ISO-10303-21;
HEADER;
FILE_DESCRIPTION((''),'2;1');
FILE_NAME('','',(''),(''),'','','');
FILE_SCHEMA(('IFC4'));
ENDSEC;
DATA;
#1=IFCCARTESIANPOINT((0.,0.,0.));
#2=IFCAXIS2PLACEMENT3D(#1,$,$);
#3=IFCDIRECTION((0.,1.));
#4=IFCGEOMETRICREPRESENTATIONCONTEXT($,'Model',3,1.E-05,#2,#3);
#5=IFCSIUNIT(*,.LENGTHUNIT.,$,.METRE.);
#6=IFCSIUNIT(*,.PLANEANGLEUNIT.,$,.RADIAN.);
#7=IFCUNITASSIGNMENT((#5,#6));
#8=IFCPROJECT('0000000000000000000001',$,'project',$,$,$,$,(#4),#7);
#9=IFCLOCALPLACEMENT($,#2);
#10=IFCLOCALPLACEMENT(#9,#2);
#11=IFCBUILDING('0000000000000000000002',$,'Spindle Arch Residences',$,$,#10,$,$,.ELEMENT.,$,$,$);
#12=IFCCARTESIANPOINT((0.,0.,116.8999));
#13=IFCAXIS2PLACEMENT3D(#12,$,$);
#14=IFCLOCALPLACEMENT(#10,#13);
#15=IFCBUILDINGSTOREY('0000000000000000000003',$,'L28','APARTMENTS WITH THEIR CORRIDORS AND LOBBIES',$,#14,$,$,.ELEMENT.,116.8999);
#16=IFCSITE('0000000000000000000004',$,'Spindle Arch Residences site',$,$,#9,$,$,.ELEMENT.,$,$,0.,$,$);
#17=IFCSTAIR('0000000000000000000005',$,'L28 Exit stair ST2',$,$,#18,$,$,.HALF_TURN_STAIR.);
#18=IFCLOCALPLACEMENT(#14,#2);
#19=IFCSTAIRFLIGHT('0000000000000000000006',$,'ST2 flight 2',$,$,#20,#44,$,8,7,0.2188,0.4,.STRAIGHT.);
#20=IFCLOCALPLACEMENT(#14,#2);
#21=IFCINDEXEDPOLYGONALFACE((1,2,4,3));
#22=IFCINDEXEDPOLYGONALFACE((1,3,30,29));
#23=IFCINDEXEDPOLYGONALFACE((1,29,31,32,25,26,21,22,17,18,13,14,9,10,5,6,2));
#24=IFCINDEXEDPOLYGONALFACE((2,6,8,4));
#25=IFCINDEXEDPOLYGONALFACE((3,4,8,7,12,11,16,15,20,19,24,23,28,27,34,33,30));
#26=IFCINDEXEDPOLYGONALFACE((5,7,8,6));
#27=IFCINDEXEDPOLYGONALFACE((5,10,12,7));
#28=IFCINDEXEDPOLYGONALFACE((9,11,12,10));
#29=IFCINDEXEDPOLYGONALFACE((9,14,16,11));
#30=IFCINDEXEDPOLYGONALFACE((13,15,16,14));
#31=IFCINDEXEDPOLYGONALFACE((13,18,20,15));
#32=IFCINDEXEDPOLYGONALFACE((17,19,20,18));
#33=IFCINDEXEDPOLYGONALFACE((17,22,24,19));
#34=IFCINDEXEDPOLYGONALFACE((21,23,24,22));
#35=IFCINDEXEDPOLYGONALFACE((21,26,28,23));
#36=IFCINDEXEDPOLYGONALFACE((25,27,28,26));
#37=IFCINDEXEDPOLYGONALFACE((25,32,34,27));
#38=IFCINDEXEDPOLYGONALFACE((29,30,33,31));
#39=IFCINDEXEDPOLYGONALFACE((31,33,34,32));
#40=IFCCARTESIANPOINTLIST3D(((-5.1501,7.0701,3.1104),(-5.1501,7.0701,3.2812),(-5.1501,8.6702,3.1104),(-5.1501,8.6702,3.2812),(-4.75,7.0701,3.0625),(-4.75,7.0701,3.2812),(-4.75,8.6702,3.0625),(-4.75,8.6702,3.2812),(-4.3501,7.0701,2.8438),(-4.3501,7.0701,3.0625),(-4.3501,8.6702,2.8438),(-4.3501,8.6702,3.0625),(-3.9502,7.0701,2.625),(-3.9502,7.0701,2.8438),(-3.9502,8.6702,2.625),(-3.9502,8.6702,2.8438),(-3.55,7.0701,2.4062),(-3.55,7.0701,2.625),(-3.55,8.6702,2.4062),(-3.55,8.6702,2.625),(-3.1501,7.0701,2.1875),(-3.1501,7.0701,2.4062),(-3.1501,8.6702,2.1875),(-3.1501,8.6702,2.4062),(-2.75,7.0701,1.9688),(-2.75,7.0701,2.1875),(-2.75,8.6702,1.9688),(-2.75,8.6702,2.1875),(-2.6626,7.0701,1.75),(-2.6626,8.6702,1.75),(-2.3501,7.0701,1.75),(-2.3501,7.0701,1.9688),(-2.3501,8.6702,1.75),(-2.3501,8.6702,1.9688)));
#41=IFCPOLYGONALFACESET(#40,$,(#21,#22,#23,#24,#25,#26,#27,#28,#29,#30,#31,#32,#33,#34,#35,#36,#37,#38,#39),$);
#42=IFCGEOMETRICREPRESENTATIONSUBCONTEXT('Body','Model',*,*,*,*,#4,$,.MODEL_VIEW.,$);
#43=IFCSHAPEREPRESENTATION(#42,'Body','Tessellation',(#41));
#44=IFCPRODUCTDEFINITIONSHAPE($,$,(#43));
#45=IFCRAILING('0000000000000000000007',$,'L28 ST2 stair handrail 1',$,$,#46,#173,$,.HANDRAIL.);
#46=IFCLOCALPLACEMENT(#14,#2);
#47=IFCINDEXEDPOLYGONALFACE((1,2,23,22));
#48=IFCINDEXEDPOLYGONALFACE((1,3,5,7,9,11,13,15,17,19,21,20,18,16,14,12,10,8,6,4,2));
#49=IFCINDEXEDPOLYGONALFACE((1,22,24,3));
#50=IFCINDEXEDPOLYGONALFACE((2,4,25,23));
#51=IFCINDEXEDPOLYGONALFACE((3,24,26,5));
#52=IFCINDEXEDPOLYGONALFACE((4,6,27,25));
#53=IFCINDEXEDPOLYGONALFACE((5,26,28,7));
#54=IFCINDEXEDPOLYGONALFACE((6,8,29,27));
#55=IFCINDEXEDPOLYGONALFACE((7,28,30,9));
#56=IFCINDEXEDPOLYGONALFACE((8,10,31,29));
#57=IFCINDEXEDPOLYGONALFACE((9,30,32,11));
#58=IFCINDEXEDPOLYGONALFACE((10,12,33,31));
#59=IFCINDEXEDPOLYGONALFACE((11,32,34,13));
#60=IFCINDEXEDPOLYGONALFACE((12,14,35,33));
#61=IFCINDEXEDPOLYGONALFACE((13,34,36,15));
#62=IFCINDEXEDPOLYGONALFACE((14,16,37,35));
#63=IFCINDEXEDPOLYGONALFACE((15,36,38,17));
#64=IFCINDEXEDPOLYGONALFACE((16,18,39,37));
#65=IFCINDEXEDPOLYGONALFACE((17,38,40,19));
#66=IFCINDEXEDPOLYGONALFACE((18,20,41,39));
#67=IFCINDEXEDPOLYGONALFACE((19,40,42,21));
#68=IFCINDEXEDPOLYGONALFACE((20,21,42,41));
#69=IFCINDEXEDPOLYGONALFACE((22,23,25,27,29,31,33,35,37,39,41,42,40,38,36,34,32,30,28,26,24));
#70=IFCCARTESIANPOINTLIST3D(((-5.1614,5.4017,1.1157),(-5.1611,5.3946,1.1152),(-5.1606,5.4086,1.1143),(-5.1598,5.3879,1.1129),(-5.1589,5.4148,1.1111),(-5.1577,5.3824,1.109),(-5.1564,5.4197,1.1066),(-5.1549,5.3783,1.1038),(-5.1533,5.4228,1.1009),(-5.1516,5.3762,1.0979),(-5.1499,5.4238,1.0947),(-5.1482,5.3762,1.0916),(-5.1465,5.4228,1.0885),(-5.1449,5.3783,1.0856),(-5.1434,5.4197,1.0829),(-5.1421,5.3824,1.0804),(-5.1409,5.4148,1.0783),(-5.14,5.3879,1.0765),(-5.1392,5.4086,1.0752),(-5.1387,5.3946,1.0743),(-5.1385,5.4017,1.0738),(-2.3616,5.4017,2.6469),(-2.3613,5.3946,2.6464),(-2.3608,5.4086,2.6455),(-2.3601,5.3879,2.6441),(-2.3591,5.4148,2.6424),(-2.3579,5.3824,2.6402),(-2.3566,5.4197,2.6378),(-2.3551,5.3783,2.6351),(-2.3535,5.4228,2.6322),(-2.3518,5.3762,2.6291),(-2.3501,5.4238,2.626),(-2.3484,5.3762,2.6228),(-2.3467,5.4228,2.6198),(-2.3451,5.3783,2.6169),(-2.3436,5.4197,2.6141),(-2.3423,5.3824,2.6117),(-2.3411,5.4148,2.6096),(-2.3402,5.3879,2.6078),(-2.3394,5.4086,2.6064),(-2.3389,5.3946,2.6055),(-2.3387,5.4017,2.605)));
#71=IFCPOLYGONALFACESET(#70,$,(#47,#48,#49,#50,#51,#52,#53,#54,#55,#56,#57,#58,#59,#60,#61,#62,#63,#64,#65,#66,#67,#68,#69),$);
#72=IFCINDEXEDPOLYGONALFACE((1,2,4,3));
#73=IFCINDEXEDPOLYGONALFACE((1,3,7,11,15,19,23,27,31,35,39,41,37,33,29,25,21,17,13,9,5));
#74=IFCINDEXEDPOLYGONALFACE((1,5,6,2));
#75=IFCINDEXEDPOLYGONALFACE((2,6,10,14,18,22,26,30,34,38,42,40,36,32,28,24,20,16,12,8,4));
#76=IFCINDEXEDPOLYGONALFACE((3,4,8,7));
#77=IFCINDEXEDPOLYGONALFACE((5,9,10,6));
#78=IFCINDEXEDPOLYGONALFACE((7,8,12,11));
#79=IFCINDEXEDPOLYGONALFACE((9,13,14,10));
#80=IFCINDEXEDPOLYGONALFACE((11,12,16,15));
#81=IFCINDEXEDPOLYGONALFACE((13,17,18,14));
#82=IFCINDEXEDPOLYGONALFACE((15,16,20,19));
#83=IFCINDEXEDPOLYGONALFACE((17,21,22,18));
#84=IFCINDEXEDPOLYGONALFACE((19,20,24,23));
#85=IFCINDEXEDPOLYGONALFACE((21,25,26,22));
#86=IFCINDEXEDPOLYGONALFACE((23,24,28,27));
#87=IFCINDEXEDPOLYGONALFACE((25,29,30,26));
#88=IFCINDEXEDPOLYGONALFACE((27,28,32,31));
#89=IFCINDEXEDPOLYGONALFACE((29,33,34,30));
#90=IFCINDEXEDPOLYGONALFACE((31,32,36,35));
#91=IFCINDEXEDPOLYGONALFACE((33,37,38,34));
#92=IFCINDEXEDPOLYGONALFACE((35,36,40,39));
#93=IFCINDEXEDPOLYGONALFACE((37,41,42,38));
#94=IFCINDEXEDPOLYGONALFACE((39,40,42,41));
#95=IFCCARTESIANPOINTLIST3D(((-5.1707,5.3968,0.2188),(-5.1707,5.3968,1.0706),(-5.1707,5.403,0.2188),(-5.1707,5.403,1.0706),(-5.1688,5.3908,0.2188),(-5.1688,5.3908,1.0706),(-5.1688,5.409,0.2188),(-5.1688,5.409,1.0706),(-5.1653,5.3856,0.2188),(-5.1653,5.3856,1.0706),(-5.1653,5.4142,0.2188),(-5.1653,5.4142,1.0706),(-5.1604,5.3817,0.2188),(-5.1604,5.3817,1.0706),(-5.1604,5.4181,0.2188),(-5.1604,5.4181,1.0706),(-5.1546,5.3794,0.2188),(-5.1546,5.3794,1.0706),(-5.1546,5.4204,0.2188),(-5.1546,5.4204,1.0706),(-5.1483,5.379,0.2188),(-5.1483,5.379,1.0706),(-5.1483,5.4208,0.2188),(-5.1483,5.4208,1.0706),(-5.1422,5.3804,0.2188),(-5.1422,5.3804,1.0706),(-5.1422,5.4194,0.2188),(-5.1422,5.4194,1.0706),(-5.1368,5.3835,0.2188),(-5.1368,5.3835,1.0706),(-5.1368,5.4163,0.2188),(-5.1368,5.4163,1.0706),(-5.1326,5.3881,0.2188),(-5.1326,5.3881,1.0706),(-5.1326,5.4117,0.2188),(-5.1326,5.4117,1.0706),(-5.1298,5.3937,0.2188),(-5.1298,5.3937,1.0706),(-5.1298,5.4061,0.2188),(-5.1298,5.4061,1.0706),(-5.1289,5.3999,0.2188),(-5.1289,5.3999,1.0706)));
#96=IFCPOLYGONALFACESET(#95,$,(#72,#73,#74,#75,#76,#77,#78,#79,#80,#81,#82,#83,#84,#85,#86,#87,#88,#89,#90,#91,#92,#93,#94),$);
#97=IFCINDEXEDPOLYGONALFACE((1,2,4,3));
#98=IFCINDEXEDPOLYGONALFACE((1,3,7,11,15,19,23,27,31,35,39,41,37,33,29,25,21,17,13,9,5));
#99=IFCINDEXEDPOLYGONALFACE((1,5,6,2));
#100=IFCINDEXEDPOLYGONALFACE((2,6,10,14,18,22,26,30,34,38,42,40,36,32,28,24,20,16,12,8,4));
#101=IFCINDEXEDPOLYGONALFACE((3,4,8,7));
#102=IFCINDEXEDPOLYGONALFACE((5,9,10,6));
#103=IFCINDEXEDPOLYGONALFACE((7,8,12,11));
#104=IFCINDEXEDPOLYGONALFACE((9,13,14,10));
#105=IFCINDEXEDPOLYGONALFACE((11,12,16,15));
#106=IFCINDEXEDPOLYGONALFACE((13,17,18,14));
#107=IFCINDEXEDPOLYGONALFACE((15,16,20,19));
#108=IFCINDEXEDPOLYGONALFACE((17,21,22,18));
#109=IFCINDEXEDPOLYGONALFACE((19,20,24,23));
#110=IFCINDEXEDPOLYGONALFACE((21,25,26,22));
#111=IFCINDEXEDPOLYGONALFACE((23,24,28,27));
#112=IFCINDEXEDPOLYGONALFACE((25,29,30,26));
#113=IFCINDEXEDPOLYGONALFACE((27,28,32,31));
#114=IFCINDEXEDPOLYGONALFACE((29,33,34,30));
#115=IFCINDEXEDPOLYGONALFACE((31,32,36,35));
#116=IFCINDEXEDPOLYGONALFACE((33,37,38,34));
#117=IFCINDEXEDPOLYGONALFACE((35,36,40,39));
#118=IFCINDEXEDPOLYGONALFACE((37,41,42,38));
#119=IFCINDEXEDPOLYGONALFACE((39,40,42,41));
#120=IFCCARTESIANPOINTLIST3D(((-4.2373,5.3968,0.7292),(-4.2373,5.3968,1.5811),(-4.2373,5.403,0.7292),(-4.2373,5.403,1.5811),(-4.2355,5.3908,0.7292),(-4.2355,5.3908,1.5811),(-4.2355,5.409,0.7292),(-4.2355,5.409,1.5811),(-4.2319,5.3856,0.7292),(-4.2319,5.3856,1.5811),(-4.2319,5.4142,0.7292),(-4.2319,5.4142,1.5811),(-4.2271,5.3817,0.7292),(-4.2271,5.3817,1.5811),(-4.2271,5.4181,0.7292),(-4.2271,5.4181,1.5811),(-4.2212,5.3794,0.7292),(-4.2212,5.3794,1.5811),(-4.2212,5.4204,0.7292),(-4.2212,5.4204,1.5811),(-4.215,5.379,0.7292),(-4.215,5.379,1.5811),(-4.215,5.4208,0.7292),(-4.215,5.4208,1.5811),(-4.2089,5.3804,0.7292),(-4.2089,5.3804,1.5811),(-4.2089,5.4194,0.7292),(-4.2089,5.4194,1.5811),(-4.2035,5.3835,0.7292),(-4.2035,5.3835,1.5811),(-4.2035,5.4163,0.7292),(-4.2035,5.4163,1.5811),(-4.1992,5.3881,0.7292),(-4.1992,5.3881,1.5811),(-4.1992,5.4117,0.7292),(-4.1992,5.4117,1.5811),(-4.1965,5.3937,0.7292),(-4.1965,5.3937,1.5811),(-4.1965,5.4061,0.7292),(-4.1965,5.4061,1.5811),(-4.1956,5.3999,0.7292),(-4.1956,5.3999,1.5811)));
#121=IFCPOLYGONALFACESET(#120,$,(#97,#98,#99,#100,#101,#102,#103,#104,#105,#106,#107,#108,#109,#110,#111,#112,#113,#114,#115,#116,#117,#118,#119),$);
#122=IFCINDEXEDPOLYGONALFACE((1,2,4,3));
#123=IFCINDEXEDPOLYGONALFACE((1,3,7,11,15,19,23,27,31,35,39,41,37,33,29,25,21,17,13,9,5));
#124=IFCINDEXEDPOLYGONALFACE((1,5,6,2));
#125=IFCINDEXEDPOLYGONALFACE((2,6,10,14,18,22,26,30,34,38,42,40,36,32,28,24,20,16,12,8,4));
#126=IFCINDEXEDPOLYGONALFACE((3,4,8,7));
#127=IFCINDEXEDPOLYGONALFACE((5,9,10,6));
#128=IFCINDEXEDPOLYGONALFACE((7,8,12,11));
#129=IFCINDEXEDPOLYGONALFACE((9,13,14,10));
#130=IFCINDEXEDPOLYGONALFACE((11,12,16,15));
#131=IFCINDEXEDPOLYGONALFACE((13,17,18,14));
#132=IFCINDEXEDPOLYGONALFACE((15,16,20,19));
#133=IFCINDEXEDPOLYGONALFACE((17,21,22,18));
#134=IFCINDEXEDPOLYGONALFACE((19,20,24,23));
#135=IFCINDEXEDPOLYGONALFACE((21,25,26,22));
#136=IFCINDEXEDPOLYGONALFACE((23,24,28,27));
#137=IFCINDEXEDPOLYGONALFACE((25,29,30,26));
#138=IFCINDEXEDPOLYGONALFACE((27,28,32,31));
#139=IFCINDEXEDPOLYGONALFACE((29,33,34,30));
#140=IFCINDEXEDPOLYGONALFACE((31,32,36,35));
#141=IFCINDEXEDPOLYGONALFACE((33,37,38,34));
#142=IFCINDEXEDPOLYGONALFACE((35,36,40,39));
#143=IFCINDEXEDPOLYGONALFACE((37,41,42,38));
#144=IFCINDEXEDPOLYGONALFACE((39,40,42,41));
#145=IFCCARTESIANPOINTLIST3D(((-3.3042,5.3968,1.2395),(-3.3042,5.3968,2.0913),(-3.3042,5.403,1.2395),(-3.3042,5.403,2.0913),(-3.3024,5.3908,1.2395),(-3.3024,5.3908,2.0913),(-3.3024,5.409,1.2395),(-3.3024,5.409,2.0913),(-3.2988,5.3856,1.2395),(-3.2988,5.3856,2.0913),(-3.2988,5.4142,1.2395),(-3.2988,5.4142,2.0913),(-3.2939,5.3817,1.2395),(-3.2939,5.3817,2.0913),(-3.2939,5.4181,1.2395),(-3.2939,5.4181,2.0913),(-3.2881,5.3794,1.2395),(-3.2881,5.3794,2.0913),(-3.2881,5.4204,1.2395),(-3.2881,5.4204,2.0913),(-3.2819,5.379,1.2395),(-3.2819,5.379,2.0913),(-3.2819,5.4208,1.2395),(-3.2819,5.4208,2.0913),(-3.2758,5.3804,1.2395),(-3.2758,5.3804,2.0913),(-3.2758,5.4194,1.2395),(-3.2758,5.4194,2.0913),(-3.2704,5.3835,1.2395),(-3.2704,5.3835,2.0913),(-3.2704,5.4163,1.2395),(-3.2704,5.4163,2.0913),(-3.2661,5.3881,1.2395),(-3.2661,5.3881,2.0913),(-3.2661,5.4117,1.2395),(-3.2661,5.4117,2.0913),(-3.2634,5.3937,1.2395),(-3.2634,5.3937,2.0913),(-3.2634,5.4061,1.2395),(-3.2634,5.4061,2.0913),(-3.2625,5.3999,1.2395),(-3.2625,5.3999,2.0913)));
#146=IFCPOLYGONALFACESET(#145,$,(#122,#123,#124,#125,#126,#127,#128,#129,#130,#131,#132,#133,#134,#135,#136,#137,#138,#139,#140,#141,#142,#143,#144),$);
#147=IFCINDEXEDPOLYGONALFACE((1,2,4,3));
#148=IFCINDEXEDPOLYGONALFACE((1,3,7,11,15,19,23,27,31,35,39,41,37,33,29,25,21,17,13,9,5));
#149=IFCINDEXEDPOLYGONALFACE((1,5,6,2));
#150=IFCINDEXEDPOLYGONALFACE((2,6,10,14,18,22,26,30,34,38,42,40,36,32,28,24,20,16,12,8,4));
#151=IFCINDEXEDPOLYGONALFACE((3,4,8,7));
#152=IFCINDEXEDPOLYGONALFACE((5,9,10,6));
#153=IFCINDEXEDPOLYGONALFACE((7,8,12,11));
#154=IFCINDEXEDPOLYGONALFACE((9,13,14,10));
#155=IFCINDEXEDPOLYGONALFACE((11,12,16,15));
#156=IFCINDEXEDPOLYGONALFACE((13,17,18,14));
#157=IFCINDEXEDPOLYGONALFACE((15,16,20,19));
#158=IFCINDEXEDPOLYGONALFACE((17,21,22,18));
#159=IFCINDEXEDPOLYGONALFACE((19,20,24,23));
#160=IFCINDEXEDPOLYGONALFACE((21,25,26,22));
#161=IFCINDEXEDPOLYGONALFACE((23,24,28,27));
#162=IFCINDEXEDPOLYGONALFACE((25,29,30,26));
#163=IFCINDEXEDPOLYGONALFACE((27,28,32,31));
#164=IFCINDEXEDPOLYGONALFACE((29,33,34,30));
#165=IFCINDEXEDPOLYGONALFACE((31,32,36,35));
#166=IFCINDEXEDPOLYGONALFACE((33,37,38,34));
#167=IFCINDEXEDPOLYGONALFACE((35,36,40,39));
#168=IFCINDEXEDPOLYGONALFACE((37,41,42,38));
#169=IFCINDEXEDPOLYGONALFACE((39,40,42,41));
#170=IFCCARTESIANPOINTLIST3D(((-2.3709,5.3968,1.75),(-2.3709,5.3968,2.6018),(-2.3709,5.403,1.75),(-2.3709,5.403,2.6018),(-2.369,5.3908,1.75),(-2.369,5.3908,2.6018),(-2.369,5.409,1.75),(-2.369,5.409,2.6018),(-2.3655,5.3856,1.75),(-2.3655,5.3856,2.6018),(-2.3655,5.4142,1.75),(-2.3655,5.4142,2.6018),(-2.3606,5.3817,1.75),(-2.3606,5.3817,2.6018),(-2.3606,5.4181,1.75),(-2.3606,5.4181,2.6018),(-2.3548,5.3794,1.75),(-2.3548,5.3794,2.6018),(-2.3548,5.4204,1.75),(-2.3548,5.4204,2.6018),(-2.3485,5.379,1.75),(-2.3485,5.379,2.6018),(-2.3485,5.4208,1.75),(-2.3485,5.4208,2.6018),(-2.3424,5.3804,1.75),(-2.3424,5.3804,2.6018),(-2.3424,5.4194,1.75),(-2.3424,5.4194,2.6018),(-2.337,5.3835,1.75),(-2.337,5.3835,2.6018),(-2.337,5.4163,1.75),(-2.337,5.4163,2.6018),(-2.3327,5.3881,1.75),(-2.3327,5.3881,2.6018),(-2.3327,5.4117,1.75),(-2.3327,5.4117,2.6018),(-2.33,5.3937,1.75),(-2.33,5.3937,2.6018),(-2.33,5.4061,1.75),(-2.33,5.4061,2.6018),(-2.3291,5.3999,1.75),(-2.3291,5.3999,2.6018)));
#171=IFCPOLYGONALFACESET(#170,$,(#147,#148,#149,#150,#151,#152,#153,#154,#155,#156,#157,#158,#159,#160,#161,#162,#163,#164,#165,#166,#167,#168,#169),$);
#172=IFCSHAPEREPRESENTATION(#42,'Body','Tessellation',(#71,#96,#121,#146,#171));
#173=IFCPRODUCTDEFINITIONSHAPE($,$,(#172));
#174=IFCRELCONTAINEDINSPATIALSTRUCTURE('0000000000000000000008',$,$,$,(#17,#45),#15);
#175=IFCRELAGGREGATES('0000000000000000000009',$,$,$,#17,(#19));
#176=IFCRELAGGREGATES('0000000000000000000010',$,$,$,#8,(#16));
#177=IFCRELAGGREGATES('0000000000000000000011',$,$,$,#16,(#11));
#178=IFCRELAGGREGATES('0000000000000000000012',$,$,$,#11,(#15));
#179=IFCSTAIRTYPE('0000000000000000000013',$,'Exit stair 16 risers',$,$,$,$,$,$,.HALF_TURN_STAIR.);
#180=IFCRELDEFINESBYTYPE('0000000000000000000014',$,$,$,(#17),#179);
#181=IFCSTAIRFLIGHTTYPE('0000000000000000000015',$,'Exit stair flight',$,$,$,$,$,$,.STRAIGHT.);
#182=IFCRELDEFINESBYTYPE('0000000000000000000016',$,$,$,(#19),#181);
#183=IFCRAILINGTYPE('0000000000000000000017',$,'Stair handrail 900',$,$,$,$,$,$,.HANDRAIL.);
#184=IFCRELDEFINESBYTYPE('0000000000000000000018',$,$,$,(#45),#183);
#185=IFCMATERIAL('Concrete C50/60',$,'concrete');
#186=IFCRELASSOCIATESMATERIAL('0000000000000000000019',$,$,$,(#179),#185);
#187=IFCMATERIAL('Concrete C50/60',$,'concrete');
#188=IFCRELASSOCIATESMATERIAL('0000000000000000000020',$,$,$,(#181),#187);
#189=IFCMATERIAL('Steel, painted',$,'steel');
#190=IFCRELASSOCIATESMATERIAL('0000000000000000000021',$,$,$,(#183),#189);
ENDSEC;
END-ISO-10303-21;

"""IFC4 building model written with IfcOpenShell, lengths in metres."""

from ifc_helpers import new_model, si_unit, direction, frame, origin, origin_2d, place, context, subcontext, project, spatial, polyline, circle, outline, extrude, material, type_object, element, aggregate, save


model = new_model("IFC4")

# Units and contexts
model_context = context("Model", 3, precision=1e-05, world=origin(), true_north=direction((0.0, 1.0)))
body_context = subcontext(model_context, "Body", "Model", "MODEL_VIEW")
ifc_project = project(units=[si_unit("LENGTHUNIT", "METRE"), si_unit("PLANEANGLEUNIT", "RADIAN")], contexts=[model_context])

# Site, building, storey
site_placement = place(None, origin())
site = spatial("IfcSite", under=ifc_project, at=site_placement, Name="Spindle Arch Residences site", CompositionType="ELEMENT", RefElevation=0.0)
building_placement = place(site_placement, origin())
building = spatial("IfcBuilding", under=site, at=building_placement, Name="Spindle Arch Residences", CompositionType="ELEMENT")
storey_placement = place(building_placement, frame((0.0, 0.0, 116.8999)))
storey = spatial("IfcBuildingStorey", under=building, at=storey_placement, Name="L28", Description="APARTMENTS WITH THEIR CORRIDORS AND LOBBIES", CompositionType="ELEMENT", Elevation=116.8999)

# Stair, stair flight
ifc_material_1 = material(Name="Concrete C50/60", Category="concrete")
stair_type = type_object("IfcStairType", Name="Exit stair 16 risers", PredefinedType="HALF_TURN_STAIR", material=ifc_material_1)
stair_placement = place(storey_placement, origin())
stair = element("IfcStair", 1, at=stair_placement, inside=storey, type_object=stair_type, Name="L28 Exit stair ST2", PredefinedType="HALF_TURN_STAIR")
ifc_material_2 = material(Name="Concrete C50/60", Category="concrete")
stair_flight_type = type_object("IfcStairFlightType", Name="Exit stair flight", PredefinedType="STRAIGHT", material=ifc_material_2)
stair_flight_1_placement = place(storey_placement, frame((-2.3501, 7.8701, 1.75), z_axis=(0.0, 0.0, 1.0), x_axis=(-1.0, 0.0, 0.0)))
stair_flight_1 = element("IfcStairFlight", 2, at=stair_flight_1_placement, type_object=stair_flight_type, Name="ST2 flight 2", NumberOfRisers=8, NumberOfTreads=7, PredefinedType="STRAIGHT", RiserHeight=0.2188, TreadLength=0.4, context=body_context, shape_type="SweptSolid", body=[
    extrude(outline(polyline([(0.0, 0.0), (0.0, 0.2188), (0.3999, 0.2188), (0.3999, 0.4375), (0.8, 0.4375), (0.8, 0.6562), (1.2, 0.6562), (1.2, 0.875), (1.6001, 0.875), (1.6001, 1.0938), (2.0, 1.0938), (2.0, 1.3125), (2.3999, 1.3125), (2.3999, 1.5312), (2.8, 1.5312), (2.8, 1.75), (2.8, 1.3604), (0.3125, 0.0), (0.0, 0.0)])), frame((0.0, 0.8, 0.0), z_axis=(0.0, -1.0, 0.0), x_axis=(1.0, 0.0, 0.0)), (0.0, 0.0, 1.0), 1.6001),
])
aggregate(stair, [stair_flight_1])

# Railing
ifc_material_3 = material(Name="Steel, painted", Category="steel")
railing_type_1 = type_object("IfcRailingType", Name="Stair handrail 900", PredefinedType="HANDRAIL", material=ifc_material_3)
railing_1_placement = place(storey_placement, frame((-5.1499, 5.3999, 0.2188)))
element("IfcRailing", 3, at=railing_1_placement, inside=storey, type_object=railing_type_1, Name="L28 ST2 stair handrail 1", PredefinedType="HANDRAIL", context=body_context, shape_type="SweptSolid", body=[
    extrude(circle(Radius=0.0239, at=origin_2d()), frame((0.0, 0.0, 0.876), z_axis=(0.877357, 0.0, 0.479838), x_axis=(0.0, 1.0, 0.0)), (0.0, 0.0, 1.0), 3.1912),
    extrude(circle(Radius=0.021, at=origin_2d()), origin(), (0.0, 0.0, 1.0), 0.8518),
    extrude(circle(Radius=0.021, at=origin_2d()), frame((0.9333, 0.0, 0.5105)), (0.0, 0.0, 1.0), 0.8518),
    extrude(circle(Radius=0.021, at=origin_2d()), frame((1.8665, 0.0, 1.0208)), (0.0, 0.0, 1.0), 0.8518),
    extrude(circle(Radius=0.021, at=origin_2d()), frame((2.7998, 0.0, 1.5312)), (0.0, 0.0, 1.0), 0.8518),
])

save(model, "model.ifc")
